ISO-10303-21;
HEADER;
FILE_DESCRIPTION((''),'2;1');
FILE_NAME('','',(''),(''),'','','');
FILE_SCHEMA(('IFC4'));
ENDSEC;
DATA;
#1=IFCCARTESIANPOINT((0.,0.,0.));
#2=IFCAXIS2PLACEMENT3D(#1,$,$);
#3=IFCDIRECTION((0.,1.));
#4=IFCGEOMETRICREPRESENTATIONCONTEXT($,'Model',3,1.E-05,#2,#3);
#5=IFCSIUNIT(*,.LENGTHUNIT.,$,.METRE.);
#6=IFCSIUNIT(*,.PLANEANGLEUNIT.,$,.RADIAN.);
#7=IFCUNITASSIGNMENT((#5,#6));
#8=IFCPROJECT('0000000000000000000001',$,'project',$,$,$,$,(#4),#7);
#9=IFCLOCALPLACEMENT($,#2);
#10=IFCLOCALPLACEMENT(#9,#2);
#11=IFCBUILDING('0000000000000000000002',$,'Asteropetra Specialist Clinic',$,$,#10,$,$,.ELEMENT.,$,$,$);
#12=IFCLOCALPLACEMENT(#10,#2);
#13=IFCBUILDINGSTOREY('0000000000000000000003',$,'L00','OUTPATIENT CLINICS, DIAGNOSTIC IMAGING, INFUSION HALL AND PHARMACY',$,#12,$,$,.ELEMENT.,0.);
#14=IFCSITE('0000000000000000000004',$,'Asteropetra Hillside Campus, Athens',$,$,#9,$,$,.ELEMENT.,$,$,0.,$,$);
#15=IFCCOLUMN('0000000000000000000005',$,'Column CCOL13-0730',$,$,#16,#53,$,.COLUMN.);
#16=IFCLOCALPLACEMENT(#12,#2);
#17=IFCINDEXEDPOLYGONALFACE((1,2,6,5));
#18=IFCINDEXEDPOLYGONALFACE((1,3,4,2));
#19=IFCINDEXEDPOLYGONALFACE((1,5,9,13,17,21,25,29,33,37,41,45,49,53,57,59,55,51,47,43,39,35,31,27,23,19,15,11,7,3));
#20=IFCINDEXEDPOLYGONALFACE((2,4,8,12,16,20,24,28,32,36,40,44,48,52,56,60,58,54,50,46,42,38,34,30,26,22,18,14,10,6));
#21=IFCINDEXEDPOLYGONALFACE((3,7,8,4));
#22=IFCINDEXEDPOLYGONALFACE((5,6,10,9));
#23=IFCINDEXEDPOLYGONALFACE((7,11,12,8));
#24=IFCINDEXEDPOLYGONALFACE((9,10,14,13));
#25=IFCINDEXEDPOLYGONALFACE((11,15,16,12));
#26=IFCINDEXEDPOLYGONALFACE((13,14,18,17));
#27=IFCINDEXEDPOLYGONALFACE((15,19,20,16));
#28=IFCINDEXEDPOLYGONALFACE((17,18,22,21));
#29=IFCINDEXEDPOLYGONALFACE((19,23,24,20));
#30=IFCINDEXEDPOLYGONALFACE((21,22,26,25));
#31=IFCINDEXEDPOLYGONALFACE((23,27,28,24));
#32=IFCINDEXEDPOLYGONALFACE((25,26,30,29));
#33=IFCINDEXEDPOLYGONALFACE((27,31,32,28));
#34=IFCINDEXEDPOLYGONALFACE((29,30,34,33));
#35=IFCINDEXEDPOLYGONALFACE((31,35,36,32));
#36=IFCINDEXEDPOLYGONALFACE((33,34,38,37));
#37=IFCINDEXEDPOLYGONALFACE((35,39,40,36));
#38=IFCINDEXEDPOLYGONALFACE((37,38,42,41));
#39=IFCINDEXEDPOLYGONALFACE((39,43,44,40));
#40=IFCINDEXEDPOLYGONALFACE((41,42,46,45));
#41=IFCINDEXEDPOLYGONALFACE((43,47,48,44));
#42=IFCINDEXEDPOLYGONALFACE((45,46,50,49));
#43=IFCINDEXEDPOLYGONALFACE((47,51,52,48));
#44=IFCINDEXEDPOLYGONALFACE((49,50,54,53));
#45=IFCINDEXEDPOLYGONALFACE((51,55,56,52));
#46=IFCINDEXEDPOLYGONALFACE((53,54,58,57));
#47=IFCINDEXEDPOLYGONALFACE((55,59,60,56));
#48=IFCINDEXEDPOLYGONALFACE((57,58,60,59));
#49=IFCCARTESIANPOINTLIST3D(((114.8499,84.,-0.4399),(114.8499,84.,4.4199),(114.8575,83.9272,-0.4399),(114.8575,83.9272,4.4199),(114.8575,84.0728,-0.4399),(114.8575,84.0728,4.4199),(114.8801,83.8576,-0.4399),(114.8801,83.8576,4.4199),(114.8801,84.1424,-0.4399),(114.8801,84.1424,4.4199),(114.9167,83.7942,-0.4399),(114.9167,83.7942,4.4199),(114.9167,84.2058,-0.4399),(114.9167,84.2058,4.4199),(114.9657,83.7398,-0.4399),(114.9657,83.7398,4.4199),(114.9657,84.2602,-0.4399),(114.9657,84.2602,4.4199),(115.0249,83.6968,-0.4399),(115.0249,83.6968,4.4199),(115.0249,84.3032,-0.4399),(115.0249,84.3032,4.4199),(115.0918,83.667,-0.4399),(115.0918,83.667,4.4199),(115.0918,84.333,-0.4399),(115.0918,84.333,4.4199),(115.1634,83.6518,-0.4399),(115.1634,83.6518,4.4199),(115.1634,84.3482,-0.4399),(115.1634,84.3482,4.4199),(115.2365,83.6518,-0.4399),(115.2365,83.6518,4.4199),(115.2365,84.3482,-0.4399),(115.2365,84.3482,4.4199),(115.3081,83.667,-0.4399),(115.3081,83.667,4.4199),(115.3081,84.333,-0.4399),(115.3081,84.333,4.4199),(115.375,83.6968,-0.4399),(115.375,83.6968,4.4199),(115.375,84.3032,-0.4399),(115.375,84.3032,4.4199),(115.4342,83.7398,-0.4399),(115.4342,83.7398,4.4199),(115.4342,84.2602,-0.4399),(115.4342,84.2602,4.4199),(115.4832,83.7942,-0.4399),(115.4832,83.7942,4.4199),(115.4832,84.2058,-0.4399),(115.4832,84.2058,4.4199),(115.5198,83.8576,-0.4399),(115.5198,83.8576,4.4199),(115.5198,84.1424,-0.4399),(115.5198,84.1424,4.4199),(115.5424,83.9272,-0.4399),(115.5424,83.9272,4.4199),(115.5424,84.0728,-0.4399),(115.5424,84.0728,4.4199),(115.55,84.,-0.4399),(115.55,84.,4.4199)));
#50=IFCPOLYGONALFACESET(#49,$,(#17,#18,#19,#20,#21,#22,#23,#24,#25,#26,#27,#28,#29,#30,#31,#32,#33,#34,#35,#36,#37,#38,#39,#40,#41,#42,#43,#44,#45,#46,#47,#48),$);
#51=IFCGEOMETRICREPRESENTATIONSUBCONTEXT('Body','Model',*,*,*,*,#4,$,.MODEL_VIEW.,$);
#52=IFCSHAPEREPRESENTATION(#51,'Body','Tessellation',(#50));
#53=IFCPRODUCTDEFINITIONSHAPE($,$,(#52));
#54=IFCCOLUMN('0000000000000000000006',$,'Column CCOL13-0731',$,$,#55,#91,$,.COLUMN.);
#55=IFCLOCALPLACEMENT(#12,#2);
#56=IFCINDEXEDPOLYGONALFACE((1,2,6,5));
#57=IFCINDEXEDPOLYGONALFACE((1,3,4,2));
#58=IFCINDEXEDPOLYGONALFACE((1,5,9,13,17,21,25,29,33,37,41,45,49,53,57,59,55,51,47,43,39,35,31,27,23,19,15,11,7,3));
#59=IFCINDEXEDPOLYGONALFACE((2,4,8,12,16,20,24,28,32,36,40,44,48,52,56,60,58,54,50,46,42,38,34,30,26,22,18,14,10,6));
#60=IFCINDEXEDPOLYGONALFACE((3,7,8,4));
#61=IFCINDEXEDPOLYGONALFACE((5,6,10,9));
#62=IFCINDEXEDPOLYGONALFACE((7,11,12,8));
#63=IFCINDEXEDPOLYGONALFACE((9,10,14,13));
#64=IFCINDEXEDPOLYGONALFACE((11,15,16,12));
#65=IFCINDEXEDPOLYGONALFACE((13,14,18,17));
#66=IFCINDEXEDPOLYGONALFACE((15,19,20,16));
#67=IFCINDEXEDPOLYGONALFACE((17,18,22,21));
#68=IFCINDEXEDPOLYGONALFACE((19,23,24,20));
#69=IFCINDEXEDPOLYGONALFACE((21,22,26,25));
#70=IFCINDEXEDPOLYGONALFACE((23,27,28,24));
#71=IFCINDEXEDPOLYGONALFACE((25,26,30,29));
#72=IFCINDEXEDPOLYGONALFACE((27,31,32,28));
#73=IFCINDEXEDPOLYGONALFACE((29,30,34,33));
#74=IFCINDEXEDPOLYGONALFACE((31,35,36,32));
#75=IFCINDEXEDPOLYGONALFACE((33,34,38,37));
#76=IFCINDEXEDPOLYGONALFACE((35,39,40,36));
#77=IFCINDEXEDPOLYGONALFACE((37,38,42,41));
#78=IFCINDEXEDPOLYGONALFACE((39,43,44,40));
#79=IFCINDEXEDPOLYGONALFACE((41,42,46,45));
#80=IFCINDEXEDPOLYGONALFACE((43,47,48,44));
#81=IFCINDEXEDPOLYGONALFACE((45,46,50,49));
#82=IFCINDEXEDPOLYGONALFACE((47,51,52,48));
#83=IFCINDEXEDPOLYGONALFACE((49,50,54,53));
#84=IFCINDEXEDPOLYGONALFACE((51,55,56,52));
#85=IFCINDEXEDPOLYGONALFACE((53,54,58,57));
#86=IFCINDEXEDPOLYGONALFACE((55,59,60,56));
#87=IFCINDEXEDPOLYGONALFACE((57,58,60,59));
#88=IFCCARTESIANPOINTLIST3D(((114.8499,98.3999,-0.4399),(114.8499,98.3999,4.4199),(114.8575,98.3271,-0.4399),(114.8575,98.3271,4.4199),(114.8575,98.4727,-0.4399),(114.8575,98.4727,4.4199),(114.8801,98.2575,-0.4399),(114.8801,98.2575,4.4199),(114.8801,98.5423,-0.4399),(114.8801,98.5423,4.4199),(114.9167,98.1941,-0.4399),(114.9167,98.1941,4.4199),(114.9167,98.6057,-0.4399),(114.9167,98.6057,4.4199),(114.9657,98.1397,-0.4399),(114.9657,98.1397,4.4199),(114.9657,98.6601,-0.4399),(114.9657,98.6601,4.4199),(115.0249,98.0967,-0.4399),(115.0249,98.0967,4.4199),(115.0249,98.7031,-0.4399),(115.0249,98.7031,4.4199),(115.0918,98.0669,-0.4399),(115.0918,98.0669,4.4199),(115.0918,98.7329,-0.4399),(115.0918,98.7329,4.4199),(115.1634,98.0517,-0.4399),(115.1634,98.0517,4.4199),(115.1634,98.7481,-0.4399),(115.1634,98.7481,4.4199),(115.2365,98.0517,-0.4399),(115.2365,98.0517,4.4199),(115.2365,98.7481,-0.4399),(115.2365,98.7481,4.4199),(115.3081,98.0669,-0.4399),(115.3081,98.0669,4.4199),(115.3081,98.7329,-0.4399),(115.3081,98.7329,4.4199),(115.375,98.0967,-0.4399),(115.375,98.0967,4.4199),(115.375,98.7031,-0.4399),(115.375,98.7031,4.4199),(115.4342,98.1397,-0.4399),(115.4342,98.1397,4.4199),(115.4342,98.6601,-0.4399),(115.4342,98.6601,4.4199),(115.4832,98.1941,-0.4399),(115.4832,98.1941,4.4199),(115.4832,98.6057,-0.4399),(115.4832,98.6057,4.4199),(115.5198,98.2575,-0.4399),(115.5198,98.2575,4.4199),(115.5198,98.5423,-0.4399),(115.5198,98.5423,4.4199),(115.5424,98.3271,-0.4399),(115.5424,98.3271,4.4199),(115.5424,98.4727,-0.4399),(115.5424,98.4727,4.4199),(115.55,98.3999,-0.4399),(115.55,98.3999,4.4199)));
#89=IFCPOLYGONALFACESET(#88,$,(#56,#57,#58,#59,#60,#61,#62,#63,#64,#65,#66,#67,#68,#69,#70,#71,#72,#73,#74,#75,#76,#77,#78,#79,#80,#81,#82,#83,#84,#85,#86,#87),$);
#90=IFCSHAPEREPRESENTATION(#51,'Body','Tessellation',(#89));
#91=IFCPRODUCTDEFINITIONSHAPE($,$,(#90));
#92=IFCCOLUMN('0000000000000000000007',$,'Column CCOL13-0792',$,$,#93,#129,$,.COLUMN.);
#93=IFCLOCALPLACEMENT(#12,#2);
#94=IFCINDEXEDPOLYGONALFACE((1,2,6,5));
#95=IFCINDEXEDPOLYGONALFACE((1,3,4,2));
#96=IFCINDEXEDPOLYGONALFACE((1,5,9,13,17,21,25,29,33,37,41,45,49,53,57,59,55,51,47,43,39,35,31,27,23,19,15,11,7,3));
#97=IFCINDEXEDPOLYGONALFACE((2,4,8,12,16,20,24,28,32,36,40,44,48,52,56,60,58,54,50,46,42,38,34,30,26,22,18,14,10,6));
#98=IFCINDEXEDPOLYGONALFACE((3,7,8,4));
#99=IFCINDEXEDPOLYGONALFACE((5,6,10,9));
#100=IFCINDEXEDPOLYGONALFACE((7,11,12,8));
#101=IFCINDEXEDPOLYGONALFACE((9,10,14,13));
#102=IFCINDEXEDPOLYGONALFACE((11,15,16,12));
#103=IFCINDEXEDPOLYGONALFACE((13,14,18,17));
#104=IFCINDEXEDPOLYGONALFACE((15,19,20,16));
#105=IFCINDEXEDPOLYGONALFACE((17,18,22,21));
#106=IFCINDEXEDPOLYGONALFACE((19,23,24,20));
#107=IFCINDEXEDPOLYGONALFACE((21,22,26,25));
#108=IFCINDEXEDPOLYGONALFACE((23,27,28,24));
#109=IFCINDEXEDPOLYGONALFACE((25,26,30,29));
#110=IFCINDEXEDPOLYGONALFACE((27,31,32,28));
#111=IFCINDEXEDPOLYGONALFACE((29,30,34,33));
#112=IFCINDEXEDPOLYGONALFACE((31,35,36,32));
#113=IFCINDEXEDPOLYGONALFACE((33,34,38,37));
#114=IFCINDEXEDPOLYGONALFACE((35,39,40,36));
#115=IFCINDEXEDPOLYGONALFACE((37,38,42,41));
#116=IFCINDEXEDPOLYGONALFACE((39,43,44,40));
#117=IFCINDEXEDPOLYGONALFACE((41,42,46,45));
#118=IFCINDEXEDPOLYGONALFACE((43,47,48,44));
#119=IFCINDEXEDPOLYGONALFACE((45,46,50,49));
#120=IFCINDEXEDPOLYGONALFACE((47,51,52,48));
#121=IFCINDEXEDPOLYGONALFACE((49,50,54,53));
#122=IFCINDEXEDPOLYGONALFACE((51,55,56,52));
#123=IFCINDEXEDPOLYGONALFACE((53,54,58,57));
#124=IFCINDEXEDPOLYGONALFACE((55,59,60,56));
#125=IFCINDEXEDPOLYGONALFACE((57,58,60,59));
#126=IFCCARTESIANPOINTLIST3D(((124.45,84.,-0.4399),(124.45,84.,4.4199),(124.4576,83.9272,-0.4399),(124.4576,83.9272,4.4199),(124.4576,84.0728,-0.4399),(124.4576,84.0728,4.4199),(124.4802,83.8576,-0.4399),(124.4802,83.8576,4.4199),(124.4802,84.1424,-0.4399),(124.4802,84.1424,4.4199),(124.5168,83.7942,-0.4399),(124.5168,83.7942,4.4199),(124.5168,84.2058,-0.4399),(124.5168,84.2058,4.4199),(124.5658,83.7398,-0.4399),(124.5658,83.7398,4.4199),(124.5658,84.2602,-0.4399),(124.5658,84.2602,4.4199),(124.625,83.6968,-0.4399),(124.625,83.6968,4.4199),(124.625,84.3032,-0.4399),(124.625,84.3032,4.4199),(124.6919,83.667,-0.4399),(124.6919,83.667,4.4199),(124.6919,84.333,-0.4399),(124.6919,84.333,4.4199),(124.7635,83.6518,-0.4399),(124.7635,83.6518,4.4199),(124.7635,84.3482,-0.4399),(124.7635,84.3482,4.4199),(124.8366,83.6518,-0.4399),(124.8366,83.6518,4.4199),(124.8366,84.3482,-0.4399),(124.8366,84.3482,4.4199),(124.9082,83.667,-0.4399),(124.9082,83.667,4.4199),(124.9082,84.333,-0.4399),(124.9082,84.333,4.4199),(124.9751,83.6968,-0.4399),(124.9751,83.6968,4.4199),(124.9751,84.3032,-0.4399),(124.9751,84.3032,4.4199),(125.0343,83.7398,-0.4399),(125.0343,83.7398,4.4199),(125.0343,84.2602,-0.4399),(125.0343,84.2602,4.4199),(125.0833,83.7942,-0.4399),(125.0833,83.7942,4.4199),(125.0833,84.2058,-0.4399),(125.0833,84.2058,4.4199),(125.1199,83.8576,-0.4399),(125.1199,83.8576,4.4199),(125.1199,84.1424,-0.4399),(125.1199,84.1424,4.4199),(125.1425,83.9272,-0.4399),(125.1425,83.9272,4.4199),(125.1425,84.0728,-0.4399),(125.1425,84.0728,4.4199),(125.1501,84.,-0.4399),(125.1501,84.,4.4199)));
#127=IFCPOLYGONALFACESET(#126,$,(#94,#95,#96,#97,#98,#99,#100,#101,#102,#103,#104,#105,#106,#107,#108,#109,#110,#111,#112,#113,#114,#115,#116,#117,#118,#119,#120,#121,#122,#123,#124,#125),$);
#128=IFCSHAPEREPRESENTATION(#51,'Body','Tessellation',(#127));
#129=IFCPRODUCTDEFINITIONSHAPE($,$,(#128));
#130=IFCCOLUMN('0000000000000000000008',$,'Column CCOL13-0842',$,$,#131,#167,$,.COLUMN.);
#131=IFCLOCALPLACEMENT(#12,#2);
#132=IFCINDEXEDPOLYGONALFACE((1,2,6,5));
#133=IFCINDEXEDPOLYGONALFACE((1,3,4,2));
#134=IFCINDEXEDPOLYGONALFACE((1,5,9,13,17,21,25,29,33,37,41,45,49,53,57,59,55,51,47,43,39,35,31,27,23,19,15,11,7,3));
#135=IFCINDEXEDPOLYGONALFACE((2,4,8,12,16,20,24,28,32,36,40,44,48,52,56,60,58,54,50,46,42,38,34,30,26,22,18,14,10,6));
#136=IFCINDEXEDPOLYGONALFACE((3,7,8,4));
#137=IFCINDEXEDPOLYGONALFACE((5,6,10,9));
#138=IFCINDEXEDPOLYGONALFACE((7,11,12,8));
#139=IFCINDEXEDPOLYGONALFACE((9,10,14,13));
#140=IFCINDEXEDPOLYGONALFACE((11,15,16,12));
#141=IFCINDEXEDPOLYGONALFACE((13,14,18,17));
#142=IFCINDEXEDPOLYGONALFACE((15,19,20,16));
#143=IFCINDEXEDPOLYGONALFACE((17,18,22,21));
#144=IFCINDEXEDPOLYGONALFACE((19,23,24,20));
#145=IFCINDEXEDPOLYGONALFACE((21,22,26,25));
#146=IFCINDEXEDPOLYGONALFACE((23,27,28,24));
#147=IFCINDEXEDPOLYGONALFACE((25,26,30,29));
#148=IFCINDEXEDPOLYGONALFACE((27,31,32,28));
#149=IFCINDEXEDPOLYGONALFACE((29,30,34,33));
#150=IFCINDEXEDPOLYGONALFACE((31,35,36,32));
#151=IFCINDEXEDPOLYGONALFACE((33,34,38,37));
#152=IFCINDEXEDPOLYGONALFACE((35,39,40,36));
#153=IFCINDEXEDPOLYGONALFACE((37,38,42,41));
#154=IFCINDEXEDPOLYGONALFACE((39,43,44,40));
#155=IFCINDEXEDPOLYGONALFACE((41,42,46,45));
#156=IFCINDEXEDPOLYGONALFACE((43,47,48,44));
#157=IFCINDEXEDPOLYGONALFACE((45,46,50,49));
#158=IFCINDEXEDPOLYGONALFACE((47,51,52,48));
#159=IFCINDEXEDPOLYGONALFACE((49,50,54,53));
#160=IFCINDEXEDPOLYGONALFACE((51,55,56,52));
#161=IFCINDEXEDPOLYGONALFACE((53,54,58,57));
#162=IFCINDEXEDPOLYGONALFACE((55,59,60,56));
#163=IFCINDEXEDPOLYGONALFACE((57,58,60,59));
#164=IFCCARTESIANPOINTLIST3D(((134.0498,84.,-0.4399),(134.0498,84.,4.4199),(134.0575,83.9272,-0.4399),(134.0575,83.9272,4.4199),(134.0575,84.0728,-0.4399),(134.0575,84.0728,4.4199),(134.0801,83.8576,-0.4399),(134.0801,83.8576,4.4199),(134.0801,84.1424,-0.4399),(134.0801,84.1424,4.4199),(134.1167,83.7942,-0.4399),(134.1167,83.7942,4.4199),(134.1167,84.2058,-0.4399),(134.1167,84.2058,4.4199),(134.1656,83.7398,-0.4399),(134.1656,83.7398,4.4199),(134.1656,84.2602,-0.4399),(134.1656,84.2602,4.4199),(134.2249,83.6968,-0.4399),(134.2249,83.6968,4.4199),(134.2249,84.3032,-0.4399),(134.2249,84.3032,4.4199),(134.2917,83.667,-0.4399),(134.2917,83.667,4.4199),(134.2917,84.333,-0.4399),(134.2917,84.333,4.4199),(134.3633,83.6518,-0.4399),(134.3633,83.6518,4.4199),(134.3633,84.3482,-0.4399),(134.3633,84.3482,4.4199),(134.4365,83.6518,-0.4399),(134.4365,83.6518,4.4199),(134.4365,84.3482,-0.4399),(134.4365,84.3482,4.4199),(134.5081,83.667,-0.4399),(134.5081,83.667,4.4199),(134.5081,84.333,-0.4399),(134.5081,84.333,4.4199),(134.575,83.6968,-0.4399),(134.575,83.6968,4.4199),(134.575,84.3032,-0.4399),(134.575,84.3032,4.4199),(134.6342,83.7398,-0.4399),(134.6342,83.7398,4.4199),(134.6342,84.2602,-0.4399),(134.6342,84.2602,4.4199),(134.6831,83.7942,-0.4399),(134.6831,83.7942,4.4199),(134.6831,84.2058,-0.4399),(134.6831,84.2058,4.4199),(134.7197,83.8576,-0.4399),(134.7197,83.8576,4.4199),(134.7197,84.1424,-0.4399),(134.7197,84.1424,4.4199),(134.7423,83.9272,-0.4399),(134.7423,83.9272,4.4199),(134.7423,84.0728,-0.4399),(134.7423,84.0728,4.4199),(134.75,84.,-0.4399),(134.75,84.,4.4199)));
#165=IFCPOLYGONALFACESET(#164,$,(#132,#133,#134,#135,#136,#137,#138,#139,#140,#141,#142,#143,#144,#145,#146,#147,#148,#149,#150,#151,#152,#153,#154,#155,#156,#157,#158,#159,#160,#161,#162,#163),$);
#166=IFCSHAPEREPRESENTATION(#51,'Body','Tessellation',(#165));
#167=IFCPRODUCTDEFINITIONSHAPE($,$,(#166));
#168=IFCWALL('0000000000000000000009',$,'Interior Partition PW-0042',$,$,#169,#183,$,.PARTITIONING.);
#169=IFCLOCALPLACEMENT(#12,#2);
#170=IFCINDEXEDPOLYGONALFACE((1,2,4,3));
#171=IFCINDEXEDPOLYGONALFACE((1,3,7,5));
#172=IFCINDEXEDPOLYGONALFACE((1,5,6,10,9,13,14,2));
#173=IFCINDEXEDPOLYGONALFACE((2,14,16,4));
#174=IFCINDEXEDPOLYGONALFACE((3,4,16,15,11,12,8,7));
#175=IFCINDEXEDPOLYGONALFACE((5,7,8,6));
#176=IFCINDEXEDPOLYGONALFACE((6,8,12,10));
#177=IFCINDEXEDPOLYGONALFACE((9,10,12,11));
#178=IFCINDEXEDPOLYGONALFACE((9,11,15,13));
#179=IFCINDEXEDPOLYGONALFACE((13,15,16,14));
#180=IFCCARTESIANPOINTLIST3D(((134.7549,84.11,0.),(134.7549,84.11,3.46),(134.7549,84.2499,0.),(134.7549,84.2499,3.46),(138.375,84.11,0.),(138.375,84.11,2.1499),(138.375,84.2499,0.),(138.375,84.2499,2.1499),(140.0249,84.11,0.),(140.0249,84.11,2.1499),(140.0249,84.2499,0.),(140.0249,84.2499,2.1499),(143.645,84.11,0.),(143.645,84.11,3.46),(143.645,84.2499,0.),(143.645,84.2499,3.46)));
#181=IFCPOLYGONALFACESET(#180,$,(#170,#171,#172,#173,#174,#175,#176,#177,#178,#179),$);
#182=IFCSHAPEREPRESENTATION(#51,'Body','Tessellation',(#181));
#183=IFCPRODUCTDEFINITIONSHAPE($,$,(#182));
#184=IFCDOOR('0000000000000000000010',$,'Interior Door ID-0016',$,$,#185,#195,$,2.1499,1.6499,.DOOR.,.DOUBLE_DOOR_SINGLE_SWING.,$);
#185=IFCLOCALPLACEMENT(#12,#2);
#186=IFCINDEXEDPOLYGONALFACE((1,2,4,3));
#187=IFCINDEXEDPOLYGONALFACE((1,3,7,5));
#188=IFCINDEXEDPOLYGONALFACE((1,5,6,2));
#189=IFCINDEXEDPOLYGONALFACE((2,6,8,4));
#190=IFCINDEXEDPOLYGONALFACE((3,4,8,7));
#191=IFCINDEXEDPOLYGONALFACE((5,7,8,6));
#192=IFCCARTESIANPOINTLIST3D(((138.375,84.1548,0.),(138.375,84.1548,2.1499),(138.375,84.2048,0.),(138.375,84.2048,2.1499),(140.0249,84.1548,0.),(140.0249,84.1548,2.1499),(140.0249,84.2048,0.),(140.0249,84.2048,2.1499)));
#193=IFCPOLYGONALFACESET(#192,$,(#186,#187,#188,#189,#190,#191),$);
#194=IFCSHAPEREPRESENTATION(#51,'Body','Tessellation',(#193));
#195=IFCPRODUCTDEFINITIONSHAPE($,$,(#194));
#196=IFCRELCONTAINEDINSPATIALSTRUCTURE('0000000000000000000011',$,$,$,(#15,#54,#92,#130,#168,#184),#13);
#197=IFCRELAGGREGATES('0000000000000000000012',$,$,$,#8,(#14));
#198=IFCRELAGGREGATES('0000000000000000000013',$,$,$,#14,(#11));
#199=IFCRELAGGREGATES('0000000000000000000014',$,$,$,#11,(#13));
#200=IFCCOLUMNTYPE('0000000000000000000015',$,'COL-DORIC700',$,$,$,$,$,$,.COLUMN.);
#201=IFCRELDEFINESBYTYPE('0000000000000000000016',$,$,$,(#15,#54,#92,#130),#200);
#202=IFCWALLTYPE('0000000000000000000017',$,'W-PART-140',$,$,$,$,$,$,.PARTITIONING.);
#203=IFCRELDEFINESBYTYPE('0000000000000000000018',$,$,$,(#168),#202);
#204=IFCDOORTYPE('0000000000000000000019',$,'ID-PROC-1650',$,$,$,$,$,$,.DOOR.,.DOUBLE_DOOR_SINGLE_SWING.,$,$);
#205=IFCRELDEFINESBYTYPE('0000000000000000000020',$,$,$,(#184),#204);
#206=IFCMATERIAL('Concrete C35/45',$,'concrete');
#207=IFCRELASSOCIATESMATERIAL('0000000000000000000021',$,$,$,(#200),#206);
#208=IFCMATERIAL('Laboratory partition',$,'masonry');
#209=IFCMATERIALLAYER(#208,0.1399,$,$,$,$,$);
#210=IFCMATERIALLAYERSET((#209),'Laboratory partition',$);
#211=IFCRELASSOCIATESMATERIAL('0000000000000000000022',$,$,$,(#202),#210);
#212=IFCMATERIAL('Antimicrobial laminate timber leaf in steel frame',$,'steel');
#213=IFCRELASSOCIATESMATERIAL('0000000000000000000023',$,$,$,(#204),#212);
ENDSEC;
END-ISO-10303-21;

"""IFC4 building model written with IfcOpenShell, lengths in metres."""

from ifc_helpers import new_model, si_unit, direction, frame, frame_2d, origin, origin_2d, place, context, subcontext, project, spatial, rectangle, circle, extrude, material, layer, layer_set, material_profile, profile_set, type_object, element, fill, save


model = new_model("IFC4")

# Units and contexts
model_context = context("Model", 3, precision=1e-05, world=origin(), true_north=direction((0.0, 1.0)))
body_context = subcontext(model_context, "Body", "Model", "MODEL_VIEW")
ifc_project = project(units=[si_unit("LENGTHUNIT", "METRE"), si_unit("PLANEANGLEUNIT", "RADIAN")], contexts=[model_context])

# Site, building, storey
site_placement = place(None, origin())
site = spatial("IfcSite", under=ifc_project, at=site_placement, Name="Asteropetra Hillside Campus, Athens", CompositionType="ELEMENT", RefElevation=0.0)
building_placement = place(site_placement, origin())
building = spatial("IfcBuilding", under=site, at=building_placement, Name="Asteropetra Specialist Clinic", CompositionType="ELEMENT")
storey_placement = place(building_placement, origin())
storey = spatial("IfcBuildingStorey", under=building, at=storey_placement, Name="L00", Description="OUTPATIENT CLINICS, DIAGNOSTIC IMAGING, INFUSION HALL AND PHARMACY", CompositionType="ELEMENT", Elevation=0.0)

# Columns
ifc_material_1 = material(Name="Concrete C35/45", Category="concrete")
ifc_material_profile_1 = material_profile(ifc_material_1, circle(Radius=0.3501, at=origin_2d()), Name="RCC D700")
ifc_profile_set_1 = profile_set([ifc_material_profile_1], Name="Concrete C35/45")
column_type = type_object("IfcColumnType", Name="COL-DORIC700", PredefinedType="COLUMN", material=ifc_profile_set_1)
for number, where, z_axis, x_axis, name in (
    (1, (115.2, 84.0, -0.4399), (0.0, 0.0, 1.0), (1.0, 0.0, 0.0), "Column CCOL13-0730"),
    (2, (115.2, 98.3999, -0.4399), (0.0, 0.0, 1.0), (1.0, 0.0, 0.0), "Column CCOL13-0731"),
    (3, (124.8, 84.0, -0.4399), (0.0, 0.0, 1.0), (1.0, 0.0, 0.0), "Column CCOL13-0792"),
    (4, (134.3999, 84.0, -0.4399), (0.0, 0.0, 1.0), (1.0, 0.0, 0.0), "Column CCOL13-0842"),
):
    element("IfcColumn", number, at=place(storey_placement, frame(where, z_axis=z_axis, x_axis=x_axis)), inside=storey, type_object=column_type, Name=name, PredefinedType="COLUMN", context=body_context, shape_type="SweptSolid", body=[
        extrude(circle(Radius=0.3501, at=origin_2d()), origin(), (0.0, 0.0, 1.0), 4.8599),
    ])

# Wall, opening, door
ifc_material_2 = material(Name="Laboratory partition", Category="masonry")
ifc_layer = layer(ifc_material_2, 0.1399)
ifc_layer_set = layer_set([ifc_layer], Name="Laboratory partition")
wall_type = type_object("IfcWallType", Name="W-PART-140", PredefinedType="PARTITIONING", material=ifc_layer_set)
wall_placement = place(storey_placement, frame((134.7549, 84.1799, 0.0), z_axis=(0.0, 0.0, 1.0), x_axis=(1.0, 0.0, 0.0)))
wall = element("IfcWall", 5, at=wall_placement, inside=storey, type_object=wall_type, Name="Interior Partition PW-0042", PredefinedType="PARTITIONING", context=body_context, shape_type="SweptSolid", body=[
    extrude(rectangle(XDim=8.8901, YDim=0.1399, at=frame_2d((4.4451, 0.0))), origin(), (0.0, 0.0, 1.0), 3.46),
])
opening_placement = place(wall_placement, frame((3.6201, 0.0, 0.0)))
opening = element("IfcOpeningElement", 6, at=opening_placement, cuts=wall, PredefinedType="OPENING", context=body_context, shape_type="SweptSolid", body=[
    extrude(rectangle(XDim=1.6499, YDim=2.1499, at=frame_2d((0.825, 1.075))), frame((0.0, 0.0798, 0.0), z_axis=(0.0, -1.0, 0.0), x_axis=(1.0, 0.0, 0.0)), (0.0, 0.0, 1.0), 0.1599),
])
ifc_material_3 = material(Name="Antimicrobial laminate timber leaf in steel frame", Category="steel")
door_type = type_object("IfcDoorType", Name="ID-PROC-1650", OperationType="DOUBLE_DOOR_SINGLE_SWING", PredefinedType="DOOR", material=ifc_material_3)
door_placement = place(opening_placement, origin())
door = element("IfcDoor", 7, at=door_placement, inside=storey, type_object=door_type, Name="Interior Door ID-0016", OperationType="DOUBLE_DOOR_SINGLE_SWING", OverallHeight=2.1499, OverallWidth=1.6499, PredefinedType="DOOR", context=body_context, shape_type="SweptSolid", body=[
    extrude(rectangle(XDim=1.6499, YDim=2.1499, at=frame_2d((0.825, 1.075))), frame((0.0, 0.0249, 0.0), z_axis=(0.0, -1.0, 0.0), x_axis=(1.0, 0.0, 0.0)), (0.0, 0.0, 1.0), 0.05),
])
fill(opening, door)

save(model, "model.ifc")
